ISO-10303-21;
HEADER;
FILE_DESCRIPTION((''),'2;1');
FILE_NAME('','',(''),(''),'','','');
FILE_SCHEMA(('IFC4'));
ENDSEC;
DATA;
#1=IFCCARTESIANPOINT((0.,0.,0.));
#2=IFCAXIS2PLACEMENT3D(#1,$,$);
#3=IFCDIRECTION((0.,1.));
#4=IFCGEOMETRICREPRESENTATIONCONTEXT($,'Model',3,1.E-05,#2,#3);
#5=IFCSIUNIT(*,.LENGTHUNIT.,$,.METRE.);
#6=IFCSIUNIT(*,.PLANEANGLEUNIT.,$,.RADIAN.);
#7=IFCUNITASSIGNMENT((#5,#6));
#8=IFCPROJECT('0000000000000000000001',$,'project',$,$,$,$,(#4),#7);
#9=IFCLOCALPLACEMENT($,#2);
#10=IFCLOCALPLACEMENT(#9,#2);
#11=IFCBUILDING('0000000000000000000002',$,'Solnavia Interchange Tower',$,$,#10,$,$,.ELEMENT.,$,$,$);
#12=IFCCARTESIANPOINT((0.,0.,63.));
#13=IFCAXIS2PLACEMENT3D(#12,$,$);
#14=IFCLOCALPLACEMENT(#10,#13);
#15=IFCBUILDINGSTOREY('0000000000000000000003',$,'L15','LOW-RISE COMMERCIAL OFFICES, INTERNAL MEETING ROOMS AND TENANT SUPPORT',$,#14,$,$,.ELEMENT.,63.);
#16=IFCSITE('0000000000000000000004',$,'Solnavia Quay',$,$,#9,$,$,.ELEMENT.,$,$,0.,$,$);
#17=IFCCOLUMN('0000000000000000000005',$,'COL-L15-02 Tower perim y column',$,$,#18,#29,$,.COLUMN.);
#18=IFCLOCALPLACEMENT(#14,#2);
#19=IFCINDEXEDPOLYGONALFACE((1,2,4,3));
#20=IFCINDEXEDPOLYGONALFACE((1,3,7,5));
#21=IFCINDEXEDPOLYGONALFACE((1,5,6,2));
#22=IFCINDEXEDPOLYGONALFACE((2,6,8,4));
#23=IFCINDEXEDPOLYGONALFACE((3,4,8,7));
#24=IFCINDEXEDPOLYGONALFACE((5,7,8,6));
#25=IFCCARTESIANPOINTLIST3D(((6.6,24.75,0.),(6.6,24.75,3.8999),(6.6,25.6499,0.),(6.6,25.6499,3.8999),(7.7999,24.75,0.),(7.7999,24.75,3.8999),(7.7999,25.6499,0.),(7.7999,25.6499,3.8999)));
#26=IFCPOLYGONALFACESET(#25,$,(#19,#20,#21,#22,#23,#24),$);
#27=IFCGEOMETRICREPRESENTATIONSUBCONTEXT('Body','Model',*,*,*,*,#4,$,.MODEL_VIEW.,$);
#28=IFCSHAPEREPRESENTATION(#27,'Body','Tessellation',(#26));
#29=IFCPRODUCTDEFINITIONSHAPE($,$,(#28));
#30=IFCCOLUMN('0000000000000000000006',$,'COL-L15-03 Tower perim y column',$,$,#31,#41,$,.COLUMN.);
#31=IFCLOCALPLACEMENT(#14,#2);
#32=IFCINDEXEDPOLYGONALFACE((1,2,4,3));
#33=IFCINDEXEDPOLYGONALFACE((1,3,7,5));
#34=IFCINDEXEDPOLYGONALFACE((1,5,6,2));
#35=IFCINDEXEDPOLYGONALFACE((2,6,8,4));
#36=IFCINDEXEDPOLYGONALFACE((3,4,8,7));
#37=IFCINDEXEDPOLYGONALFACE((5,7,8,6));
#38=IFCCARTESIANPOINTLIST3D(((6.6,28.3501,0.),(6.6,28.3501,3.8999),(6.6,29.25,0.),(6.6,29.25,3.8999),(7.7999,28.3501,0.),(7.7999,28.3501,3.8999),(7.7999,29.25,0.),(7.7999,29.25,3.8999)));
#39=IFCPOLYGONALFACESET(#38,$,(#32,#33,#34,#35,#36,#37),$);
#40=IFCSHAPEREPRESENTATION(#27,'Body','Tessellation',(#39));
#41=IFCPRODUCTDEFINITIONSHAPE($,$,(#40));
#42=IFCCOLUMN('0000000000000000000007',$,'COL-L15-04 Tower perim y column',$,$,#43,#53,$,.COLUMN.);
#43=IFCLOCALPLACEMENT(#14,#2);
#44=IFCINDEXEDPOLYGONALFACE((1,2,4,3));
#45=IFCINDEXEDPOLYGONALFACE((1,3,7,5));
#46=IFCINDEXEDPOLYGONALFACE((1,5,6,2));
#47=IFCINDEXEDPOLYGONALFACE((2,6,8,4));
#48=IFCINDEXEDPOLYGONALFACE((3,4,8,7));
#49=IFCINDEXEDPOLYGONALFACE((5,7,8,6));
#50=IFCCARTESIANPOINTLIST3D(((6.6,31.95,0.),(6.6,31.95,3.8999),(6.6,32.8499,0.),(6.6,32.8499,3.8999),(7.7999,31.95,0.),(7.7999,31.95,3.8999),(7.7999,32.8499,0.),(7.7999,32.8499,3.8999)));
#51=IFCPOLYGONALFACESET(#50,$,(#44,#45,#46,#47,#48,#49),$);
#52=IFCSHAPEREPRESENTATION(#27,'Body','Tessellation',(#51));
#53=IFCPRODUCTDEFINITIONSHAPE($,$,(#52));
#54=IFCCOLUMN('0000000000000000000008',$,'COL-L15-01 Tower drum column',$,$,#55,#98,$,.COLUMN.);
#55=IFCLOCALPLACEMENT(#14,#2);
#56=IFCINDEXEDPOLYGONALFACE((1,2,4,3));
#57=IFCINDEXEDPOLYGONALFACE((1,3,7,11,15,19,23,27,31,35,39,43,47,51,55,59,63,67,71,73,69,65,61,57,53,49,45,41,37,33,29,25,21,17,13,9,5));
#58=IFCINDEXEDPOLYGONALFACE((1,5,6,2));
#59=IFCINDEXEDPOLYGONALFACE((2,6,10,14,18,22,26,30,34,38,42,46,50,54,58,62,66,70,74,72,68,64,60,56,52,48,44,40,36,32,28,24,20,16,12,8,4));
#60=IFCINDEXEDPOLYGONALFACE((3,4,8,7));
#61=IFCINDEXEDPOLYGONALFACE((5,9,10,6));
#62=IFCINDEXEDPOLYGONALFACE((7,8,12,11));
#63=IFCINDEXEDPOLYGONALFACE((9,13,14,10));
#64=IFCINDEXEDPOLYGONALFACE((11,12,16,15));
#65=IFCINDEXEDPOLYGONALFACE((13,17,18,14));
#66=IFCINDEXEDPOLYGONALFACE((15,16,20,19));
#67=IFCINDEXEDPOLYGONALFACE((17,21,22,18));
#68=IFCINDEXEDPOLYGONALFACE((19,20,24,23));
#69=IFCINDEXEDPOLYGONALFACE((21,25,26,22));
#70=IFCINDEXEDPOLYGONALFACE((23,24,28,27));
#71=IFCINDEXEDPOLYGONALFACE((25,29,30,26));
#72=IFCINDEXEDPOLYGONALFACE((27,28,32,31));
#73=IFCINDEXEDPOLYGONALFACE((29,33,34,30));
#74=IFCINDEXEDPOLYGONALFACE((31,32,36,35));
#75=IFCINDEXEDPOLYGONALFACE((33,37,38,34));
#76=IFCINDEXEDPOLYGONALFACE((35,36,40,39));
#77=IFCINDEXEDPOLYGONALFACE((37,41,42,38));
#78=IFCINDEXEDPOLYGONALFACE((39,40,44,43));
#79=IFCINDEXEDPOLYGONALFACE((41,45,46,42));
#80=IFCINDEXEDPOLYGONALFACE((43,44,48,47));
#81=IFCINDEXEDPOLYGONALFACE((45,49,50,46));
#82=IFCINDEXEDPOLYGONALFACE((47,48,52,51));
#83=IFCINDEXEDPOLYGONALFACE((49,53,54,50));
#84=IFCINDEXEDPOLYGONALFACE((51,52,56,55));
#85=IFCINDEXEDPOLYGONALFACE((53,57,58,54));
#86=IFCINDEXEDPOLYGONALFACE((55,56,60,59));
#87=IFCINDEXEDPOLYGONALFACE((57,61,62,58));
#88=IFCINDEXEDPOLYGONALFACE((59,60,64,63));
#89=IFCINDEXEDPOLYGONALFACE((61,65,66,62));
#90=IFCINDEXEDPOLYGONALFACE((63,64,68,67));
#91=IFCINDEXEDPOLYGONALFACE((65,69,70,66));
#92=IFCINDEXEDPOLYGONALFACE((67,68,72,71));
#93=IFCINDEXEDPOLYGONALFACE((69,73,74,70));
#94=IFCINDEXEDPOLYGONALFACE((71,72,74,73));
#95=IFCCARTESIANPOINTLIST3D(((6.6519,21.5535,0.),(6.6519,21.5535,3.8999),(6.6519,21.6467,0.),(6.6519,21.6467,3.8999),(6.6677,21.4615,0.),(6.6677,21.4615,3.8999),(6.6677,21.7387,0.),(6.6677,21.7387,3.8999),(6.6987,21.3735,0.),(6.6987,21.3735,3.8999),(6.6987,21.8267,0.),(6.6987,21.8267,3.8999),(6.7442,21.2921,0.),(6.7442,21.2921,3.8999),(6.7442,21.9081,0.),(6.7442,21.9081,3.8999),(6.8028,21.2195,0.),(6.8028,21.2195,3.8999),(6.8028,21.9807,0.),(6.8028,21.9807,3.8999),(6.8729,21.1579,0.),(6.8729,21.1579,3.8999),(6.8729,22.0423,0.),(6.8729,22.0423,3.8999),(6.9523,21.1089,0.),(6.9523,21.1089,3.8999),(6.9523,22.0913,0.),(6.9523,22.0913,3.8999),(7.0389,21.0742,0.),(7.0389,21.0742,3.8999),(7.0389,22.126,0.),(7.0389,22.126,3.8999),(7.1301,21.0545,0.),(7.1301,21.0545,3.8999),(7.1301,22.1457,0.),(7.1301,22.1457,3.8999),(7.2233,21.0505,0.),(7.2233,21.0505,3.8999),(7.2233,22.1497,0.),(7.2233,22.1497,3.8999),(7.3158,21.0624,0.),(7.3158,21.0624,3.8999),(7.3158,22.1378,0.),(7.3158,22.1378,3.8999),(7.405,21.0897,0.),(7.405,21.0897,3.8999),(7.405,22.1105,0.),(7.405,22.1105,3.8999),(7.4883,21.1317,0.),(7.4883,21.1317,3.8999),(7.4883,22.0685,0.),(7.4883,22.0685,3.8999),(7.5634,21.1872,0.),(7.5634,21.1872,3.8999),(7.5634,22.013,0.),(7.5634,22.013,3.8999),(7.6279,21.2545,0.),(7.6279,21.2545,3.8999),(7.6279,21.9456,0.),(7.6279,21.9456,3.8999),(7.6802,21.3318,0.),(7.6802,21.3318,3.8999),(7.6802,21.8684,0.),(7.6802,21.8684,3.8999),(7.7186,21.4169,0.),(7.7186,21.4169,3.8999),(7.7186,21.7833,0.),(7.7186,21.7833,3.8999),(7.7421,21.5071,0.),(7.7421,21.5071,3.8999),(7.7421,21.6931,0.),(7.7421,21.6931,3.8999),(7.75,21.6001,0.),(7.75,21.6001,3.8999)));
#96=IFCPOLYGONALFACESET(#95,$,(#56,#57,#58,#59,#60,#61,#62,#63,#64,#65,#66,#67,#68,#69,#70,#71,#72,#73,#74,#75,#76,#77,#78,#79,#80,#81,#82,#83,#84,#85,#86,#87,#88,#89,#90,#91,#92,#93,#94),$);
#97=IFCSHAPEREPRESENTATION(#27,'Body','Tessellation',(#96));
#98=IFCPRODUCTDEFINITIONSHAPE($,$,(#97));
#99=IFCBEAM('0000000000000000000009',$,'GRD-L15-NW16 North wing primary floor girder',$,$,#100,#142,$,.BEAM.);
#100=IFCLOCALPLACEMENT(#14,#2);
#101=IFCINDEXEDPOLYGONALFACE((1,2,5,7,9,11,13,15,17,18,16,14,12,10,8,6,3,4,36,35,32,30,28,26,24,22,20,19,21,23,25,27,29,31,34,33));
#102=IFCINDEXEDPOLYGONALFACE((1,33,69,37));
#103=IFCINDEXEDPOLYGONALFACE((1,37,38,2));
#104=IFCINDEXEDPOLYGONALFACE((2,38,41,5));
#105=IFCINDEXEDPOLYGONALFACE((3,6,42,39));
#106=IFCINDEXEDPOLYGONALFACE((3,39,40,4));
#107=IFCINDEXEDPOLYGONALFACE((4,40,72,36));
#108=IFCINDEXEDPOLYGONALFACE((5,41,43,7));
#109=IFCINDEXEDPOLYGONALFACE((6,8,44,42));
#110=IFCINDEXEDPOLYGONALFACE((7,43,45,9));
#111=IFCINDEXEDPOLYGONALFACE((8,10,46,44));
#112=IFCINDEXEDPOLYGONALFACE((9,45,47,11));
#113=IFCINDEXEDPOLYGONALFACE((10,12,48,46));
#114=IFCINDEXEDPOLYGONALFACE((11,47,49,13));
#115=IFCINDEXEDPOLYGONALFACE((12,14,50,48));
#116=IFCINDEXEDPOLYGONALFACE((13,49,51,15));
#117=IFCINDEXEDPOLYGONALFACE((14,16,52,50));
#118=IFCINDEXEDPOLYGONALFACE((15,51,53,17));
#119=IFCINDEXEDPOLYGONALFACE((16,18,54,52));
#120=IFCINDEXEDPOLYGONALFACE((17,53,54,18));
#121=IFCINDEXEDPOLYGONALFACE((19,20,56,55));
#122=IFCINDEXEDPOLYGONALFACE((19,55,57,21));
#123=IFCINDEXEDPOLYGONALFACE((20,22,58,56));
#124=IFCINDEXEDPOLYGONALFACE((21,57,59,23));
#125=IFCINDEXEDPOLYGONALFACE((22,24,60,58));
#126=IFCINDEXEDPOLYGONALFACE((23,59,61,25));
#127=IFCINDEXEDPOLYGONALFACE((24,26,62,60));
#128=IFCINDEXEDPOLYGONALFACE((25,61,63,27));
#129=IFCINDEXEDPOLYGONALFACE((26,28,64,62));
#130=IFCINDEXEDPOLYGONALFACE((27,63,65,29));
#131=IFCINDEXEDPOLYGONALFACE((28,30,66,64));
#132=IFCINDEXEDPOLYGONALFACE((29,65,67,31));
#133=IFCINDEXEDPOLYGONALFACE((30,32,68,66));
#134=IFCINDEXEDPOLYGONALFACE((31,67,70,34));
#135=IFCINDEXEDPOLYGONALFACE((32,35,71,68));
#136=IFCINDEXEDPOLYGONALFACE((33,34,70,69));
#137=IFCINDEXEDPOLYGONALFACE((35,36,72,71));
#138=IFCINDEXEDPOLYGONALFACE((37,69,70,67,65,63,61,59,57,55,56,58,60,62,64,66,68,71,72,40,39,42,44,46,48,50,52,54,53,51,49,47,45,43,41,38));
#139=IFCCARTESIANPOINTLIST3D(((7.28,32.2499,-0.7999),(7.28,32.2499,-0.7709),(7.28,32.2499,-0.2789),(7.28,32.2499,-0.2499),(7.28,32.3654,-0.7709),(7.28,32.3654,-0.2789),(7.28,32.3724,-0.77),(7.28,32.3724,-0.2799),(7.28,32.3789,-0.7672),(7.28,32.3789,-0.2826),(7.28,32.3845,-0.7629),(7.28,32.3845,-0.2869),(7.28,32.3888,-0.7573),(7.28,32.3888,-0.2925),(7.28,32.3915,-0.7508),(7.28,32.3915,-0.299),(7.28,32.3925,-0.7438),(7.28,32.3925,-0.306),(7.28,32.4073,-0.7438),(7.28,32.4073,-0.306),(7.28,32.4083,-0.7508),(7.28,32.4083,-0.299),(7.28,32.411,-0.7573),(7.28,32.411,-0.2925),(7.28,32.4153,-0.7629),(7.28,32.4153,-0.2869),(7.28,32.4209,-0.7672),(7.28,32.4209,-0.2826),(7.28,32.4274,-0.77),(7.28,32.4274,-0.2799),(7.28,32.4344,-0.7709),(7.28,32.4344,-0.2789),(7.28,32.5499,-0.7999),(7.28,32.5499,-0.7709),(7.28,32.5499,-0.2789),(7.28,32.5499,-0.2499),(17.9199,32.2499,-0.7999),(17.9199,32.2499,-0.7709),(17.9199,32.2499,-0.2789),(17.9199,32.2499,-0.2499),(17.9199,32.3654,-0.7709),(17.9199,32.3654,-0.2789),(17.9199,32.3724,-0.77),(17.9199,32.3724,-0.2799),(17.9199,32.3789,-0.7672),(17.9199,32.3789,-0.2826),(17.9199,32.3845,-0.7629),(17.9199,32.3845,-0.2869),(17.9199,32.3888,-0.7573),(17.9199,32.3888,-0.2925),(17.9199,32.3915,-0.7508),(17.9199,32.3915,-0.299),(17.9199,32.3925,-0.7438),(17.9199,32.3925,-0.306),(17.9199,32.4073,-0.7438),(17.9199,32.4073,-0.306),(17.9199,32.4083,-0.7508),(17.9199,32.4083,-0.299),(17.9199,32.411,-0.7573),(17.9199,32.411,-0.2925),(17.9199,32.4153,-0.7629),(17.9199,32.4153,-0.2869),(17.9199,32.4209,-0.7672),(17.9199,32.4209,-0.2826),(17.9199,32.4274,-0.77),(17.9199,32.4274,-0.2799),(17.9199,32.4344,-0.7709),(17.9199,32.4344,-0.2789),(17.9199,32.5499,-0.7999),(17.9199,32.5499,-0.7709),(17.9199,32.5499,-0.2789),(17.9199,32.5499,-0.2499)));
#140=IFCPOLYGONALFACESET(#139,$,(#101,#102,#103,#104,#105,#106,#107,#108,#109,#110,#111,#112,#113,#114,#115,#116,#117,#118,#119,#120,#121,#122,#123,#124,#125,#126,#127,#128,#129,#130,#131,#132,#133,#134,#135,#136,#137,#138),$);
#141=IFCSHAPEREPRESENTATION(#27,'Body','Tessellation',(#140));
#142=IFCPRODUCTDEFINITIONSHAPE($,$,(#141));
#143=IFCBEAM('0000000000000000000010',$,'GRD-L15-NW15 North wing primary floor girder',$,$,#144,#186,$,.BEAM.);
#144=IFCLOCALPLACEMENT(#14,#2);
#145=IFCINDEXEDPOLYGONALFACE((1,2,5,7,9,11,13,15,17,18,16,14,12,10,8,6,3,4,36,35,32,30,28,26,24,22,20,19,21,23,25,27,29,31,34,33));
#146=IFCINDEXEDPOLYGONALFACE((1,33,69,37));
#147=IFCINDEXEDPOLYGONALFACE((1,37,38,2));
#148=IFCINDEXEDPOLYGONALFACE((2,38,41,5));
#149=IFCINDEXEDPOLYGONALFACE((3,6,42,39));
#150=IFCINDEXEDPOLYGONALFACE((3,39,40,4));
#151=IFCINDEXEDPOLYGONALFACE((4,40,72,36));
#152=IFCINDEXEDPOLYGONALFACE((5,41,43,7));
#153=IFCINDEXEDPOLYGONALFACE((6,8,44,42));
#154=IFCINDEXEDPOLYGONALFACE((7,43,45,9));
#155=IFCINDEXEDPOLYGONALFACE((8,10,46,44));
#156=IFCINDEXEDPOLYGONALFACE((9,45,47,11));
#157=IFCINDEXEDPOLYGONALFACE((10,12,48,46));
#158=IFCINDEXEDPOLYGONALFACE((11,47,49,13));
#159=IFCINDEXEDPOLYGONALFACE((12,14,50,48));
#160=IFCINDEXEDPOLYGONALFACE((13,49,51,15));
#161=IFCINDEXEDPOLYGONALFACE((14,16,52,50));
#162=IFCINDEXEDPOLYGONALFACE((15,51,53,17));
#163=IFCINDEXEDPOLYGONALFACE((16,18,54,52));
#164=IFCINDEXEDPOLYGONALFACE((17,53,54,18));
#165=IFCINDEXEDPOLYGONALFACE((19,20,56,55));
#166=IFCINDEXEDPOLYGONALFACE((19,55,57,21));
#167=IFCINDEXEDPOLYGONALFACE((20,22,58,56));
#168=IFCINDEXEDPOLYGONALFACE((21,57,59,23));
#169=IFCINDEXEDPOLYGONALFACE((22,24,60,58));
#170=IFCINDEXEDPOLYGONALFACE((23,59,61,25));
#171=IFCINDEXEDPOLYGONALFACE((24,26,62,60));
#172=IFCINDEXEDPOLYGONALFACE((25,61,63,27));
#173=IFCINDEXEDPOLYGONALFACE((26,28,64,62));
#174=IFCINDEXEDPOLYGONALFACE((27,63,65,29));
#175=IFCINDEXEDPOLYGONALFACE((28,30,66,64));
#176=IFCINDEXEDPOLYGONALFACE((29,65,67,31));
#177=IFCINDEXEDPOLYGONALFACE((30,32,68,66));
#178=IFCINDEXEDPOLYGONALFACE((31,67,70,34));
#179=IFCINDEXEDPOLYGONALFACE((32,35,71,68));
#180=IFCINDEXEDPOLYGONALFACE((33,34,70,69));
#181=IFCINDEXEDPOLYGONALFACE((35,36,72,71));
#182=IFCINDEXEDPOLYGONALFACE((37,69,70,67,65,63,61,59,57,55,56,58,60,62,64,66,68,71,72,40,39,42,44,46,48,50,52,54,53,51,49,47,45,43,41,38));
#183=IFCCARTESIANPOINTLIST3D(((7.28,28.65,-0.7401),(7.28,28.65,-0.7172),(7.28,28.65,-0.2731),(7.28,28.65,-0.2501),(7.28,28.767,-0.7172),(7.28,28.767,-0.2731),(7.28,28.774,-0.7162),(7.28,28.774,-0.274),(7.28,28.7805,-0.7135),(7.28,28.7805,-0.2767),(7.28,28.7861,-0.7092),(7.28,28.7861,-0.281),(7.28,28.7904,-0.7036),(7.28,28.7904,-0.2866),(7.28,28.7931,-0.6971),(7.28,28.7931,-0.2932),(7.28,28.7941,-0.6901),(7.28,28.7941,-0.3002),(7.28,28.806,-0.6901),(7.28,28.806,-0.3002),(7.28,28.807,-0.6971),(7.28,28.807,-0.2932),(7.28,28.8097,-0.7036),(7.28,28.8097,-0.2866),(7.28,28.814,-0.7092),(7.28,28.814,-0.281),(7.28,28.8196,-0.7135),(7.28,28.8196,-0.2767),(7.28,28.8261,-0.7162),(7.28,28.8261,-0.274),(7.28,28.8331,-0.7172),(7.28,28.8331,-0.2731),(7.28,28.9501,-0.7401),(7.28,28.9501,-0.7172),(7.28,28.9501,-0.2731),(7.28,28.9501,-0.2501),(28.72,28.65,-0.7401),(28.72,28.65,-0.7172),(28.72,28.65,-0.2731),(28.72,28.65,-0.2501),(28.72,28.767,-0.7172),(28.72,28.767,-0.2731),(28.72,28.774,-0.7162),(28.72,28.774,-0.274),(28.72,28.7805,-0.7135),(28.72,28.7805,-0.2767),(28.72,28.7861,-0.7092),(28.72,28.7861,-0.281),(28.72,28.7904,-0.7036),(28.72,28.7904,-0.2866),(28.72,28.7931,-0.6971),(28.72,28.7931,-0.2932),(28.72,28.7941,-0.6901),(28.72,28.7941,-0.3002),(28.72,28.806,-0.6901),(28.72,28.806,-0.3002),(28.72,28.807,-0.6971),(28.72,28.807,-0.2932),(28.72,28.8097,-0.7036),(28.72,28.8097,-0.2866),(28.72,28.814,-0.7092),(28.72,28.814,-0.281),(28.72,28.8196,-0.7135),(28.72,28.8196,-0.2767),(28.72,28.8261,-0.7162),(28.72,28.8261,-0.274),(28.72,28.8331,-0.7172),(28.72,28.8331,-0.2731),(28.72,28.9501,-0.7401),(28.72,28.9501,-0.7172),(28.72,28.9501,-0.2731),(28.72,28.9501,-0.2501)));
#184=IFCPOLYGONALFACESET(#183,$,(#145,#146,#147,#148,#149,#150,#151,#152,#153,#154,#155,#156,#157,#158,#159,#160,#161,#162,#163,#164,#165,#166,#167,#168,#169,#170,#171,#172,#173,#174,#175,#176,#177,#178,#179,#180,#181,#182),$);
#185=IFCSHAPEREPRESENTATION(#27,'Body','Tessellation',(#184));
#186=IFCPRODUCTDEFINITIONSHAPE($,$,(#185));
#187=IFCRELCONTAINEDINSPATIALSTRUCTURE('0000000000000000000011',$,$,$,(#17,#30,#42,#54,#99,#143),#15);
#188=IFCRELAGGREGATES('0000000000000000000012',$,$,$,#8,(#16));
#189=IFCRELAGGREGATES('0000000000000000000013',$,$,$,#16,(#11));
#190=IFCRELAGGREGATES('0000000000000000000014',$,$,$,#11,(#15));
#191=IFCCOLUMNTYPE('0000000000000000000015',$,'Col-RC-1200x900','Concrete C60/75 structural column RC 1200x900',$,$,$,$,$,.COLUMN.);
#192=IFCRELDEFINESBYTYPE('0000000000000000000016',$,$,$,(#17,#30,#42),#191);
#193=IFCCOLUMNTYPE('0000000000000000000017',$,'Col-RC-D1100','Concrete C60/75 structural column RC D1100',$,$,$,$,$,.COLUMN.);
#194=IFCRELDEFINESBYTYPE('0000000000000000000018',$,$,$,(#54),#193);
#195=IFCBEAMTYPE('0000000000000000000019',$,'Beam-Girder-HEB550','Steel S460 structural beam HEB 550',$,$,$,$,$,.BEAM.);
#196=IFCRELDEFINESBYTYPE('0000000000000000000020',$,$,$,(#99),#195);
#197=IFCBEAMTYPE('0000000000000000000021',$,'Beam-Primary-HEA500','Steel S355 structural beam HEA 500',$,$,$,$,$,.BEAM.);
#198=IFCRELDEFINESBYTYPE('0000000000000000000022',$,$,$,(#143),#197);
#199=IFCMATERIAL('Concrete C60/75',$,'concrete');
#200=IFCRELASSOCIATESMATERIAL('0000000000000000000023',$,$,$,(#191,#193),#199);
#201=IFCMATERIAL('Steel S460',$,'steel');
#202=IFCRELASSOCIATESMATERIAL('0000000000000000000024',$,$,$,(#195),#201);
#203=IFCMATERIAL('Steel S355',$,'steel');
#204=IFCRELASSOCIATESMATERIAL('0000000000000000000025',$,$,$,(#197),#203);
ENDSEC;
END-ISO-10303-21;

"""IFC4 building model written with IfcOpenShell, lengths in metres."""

from ifc_helpers import new_model, si_unit, direction, frame, origin, origin_2d, place, context, subcontext, project, spatial, rectangle, circle, i_section, extrude, material, material_profile, profile_set, type_object, element, save


model = new_model("IFC4")

# Units and contexts
model_context = context("Model", 3, precision=1e-05, world=origin(), true_north=direction((0.0, 1.0)))
body_context = subcontext(model_context, "Body", "Model", "MODEL_VIEW")
ifc_project = project(units=[si_unit("LENGTHUNIT", "METRE"), si_unit("PLANEANGLEUNIT", "RADIAN")], contexts=[model_context])

# Site, building, storey
site_placement = place(None, origin())
site = spatial("IfcSite", under=ifc_project, at=site_placement, Name="Solnavia Quay", CompositionType="ELEMENT", RefElevation=0.0)
building_placement = place(site_placement, origin())
building = spatial("IfcBuilding", under=site, at=building_placement, Name="Solnavia Interchange Tower", CompositionType="ELEMENT")
storey_placement = place(building_placement, frame((0.0, 0.0, 63.0)))
storey = spatial("IfcBuildingStorey", under=building, at=storey_placement, Name="L15", Description="LOW-RISE COMMERCIAL OFFICES, INTERNAL MEETING ROOMS AND TENANT SUPPORT", CompositionType="ELEMENT", Elevation=63.0)

# Columns
ifc_material_1 = material(Name="Concrete C60/75", Category="concrete")
ifc_material_profile_1 = material_profile(ifc_material_1, rectangle(XDim=0.8999, YDim=1.2, at=origin_2d()), Name="RC 1200x900")
ifc_profile_set_1 = profile_set([ifc_material_profile_1], Name="Concrete C60/75")
column_type_1 = type_object("IfcColumnType", Name="Col-RC-1200x900", Description="Concrete C60/75 structural column RC 1200x900", PredefinedType="COLUMN", material=ifc_profile_set_1)
for number, where, z_axis, x_axis, name in (
    (1, (7.2, 25.2, 0.0), (0.0, 0.0, 1.0), (0.0, 1.0, 0.0), "COL-L15-02 Tower perim y column"),
    (2, (7.2, 28.8, 0.0), (0.0, 0.0, 1.0), (0.0, 1.0, 0.0), "COL-L15-03 Tower perim y column"),
    (3, (7.2, 32.3999, 0.0), (0.0, 0.0, 1.0), (0.0, 1.0, 0.0), "COL-L15-04 Tower perim y column"),
):
    element("IfcColumn", number, at=place(storey_placement, frame(where, z_axis=z_axis, x_axis=x_axis)), inside=storey, type_object=column_type_1, Name=name, PredefinedType="COLUMN", context=body_context, shape_type="SweptSolid", body=[
        extrude(rectangle(XDim=0.8999, YDim=1.2, at=origin_2d()), origin(), (0.0, 0.0, 1.0), 3.8999),
    ])
ifc_material_profile_2 = material_profile(ifc_material_1, circle(Radius=0.55, at=origin_2d()), Name="RC D1100")
ifc_profile_set_2 = profile_set([ifc_material_profile_2], Name="Concrete C60/75")
column_type_2 = type_object("IfcColumnType", Name="Col-RC-D1100", Description="Concrete C60/75 structural column RC D1100", PredefinedType="COLUMN", material=ifc_profile_set_2)
column_placement = place(storey_placement, frame((7.2, 21.6001, 0.0), z_axis=(0.0, 0.0, 1.0), x_axis=(1.0, 0.0, 0.0)))
element("IfcColumn", 4, at=column_placement, inside=storey, type_object=column_type_2, Name="COL-L15-01 Tower drum column", PredefinedType="COLUMN", context=body_context, shape_type="SweptSolid", body=[
    extrude(circle(Radius=0.55, at=origin_2d()), origin(), (0.0, 0.0, 1.0), 3.8999),
])

# Beams
ifc_material_2 = material(Name="Steel S460", Category="steel")
ifc_material_profile_3 = material_profile(ifc_material_2, i_section(OverallWidth=0.3, OverallDepth=0.55, WebThickness=0.0149, FlangeThickness=0.0291, FilletRadius=0.0271, at=origin_2d()), Name="HEB 550")
ifc_profile_set_3 = profile_set([ifc_material_profile_3], Name="Steel S460")
beam_type_1 = type_object("IfcBeamType", Name="Beam-Girder-HEB550", Description="Steel S460 structural beam HEB 550", PredefinedType="BEAM", material=ifc_profile_set_3)
beam_1_placement = place(storey_placement, frame((7.28, 32.3999, -0.5249), z_axis=(1.0, 0.0, 0.0), x_axis=(0.0, 1.0, 0.0)))
element("IfcBeam", 5, at=beam_1_placement, inside=storey, type_object=beam_type_1, Name="GRD-L15-NW16 North wing primary floor girder", PredefinedType="BEAM", context=body_context, shape_type="SweptSolid", body=[
    extrude(i_section(OverallWidth=0.3, OverallDepth=0.55, WebThickness=0.0149, FlangeThickness=0.0291, FilletRadius=0.0271, at=origin_2d()), origin(), (0.0, 0.0, 1.0), 10.6399),
])
ifc_material_3 = material(Name="Steel S355", Category="steel")
ifc_material_profile_4 = material_profile(ifc_material_3, i_section(OverallWidth=0.3, OverallDepth=0.49, WebThickness=0.012, FlangeThickness=0.0229, FilletRadius=0.0271, at=origin_2d()), Name="HEA 500")
ifc_profile_set_4 = profile_set([ifc_material_profile_4], Name="Steel S355")
beam_type_2 = type_object("IfcBeamType", Name="Beam-Primary-HEA500", Description="Steel S355 structural beam HEA 500", PredefinedType="BEAM", material=ifc_profile_set_4)
beam_2_placement = place(storey_placement, frame((7.28, 28.8, -0.4951), z_axis=(1.0, 0.0, 0.0), x_axis=(0.0, 1.0, 0.0)))
element("IfcBeam", 6, at=beam_2_placement, inside=storey, type_object=beam_type_2, Name="GRD-L15-NW15 North wing primary floor girder", PredefinedType="BEAM", context=body_context, shape_type="SweptSolid", body=[
    extrude(i_section(OverallWidth=0.3, OverallDepth=0.49, WebThickness=0.012, FlangeThickness=0.0229, FilletRadius=0.0271, at=origin_2d()), origin(), (0.0, 0.0, 1.0), 21.4399),
])

save(model, "model.ifc")
